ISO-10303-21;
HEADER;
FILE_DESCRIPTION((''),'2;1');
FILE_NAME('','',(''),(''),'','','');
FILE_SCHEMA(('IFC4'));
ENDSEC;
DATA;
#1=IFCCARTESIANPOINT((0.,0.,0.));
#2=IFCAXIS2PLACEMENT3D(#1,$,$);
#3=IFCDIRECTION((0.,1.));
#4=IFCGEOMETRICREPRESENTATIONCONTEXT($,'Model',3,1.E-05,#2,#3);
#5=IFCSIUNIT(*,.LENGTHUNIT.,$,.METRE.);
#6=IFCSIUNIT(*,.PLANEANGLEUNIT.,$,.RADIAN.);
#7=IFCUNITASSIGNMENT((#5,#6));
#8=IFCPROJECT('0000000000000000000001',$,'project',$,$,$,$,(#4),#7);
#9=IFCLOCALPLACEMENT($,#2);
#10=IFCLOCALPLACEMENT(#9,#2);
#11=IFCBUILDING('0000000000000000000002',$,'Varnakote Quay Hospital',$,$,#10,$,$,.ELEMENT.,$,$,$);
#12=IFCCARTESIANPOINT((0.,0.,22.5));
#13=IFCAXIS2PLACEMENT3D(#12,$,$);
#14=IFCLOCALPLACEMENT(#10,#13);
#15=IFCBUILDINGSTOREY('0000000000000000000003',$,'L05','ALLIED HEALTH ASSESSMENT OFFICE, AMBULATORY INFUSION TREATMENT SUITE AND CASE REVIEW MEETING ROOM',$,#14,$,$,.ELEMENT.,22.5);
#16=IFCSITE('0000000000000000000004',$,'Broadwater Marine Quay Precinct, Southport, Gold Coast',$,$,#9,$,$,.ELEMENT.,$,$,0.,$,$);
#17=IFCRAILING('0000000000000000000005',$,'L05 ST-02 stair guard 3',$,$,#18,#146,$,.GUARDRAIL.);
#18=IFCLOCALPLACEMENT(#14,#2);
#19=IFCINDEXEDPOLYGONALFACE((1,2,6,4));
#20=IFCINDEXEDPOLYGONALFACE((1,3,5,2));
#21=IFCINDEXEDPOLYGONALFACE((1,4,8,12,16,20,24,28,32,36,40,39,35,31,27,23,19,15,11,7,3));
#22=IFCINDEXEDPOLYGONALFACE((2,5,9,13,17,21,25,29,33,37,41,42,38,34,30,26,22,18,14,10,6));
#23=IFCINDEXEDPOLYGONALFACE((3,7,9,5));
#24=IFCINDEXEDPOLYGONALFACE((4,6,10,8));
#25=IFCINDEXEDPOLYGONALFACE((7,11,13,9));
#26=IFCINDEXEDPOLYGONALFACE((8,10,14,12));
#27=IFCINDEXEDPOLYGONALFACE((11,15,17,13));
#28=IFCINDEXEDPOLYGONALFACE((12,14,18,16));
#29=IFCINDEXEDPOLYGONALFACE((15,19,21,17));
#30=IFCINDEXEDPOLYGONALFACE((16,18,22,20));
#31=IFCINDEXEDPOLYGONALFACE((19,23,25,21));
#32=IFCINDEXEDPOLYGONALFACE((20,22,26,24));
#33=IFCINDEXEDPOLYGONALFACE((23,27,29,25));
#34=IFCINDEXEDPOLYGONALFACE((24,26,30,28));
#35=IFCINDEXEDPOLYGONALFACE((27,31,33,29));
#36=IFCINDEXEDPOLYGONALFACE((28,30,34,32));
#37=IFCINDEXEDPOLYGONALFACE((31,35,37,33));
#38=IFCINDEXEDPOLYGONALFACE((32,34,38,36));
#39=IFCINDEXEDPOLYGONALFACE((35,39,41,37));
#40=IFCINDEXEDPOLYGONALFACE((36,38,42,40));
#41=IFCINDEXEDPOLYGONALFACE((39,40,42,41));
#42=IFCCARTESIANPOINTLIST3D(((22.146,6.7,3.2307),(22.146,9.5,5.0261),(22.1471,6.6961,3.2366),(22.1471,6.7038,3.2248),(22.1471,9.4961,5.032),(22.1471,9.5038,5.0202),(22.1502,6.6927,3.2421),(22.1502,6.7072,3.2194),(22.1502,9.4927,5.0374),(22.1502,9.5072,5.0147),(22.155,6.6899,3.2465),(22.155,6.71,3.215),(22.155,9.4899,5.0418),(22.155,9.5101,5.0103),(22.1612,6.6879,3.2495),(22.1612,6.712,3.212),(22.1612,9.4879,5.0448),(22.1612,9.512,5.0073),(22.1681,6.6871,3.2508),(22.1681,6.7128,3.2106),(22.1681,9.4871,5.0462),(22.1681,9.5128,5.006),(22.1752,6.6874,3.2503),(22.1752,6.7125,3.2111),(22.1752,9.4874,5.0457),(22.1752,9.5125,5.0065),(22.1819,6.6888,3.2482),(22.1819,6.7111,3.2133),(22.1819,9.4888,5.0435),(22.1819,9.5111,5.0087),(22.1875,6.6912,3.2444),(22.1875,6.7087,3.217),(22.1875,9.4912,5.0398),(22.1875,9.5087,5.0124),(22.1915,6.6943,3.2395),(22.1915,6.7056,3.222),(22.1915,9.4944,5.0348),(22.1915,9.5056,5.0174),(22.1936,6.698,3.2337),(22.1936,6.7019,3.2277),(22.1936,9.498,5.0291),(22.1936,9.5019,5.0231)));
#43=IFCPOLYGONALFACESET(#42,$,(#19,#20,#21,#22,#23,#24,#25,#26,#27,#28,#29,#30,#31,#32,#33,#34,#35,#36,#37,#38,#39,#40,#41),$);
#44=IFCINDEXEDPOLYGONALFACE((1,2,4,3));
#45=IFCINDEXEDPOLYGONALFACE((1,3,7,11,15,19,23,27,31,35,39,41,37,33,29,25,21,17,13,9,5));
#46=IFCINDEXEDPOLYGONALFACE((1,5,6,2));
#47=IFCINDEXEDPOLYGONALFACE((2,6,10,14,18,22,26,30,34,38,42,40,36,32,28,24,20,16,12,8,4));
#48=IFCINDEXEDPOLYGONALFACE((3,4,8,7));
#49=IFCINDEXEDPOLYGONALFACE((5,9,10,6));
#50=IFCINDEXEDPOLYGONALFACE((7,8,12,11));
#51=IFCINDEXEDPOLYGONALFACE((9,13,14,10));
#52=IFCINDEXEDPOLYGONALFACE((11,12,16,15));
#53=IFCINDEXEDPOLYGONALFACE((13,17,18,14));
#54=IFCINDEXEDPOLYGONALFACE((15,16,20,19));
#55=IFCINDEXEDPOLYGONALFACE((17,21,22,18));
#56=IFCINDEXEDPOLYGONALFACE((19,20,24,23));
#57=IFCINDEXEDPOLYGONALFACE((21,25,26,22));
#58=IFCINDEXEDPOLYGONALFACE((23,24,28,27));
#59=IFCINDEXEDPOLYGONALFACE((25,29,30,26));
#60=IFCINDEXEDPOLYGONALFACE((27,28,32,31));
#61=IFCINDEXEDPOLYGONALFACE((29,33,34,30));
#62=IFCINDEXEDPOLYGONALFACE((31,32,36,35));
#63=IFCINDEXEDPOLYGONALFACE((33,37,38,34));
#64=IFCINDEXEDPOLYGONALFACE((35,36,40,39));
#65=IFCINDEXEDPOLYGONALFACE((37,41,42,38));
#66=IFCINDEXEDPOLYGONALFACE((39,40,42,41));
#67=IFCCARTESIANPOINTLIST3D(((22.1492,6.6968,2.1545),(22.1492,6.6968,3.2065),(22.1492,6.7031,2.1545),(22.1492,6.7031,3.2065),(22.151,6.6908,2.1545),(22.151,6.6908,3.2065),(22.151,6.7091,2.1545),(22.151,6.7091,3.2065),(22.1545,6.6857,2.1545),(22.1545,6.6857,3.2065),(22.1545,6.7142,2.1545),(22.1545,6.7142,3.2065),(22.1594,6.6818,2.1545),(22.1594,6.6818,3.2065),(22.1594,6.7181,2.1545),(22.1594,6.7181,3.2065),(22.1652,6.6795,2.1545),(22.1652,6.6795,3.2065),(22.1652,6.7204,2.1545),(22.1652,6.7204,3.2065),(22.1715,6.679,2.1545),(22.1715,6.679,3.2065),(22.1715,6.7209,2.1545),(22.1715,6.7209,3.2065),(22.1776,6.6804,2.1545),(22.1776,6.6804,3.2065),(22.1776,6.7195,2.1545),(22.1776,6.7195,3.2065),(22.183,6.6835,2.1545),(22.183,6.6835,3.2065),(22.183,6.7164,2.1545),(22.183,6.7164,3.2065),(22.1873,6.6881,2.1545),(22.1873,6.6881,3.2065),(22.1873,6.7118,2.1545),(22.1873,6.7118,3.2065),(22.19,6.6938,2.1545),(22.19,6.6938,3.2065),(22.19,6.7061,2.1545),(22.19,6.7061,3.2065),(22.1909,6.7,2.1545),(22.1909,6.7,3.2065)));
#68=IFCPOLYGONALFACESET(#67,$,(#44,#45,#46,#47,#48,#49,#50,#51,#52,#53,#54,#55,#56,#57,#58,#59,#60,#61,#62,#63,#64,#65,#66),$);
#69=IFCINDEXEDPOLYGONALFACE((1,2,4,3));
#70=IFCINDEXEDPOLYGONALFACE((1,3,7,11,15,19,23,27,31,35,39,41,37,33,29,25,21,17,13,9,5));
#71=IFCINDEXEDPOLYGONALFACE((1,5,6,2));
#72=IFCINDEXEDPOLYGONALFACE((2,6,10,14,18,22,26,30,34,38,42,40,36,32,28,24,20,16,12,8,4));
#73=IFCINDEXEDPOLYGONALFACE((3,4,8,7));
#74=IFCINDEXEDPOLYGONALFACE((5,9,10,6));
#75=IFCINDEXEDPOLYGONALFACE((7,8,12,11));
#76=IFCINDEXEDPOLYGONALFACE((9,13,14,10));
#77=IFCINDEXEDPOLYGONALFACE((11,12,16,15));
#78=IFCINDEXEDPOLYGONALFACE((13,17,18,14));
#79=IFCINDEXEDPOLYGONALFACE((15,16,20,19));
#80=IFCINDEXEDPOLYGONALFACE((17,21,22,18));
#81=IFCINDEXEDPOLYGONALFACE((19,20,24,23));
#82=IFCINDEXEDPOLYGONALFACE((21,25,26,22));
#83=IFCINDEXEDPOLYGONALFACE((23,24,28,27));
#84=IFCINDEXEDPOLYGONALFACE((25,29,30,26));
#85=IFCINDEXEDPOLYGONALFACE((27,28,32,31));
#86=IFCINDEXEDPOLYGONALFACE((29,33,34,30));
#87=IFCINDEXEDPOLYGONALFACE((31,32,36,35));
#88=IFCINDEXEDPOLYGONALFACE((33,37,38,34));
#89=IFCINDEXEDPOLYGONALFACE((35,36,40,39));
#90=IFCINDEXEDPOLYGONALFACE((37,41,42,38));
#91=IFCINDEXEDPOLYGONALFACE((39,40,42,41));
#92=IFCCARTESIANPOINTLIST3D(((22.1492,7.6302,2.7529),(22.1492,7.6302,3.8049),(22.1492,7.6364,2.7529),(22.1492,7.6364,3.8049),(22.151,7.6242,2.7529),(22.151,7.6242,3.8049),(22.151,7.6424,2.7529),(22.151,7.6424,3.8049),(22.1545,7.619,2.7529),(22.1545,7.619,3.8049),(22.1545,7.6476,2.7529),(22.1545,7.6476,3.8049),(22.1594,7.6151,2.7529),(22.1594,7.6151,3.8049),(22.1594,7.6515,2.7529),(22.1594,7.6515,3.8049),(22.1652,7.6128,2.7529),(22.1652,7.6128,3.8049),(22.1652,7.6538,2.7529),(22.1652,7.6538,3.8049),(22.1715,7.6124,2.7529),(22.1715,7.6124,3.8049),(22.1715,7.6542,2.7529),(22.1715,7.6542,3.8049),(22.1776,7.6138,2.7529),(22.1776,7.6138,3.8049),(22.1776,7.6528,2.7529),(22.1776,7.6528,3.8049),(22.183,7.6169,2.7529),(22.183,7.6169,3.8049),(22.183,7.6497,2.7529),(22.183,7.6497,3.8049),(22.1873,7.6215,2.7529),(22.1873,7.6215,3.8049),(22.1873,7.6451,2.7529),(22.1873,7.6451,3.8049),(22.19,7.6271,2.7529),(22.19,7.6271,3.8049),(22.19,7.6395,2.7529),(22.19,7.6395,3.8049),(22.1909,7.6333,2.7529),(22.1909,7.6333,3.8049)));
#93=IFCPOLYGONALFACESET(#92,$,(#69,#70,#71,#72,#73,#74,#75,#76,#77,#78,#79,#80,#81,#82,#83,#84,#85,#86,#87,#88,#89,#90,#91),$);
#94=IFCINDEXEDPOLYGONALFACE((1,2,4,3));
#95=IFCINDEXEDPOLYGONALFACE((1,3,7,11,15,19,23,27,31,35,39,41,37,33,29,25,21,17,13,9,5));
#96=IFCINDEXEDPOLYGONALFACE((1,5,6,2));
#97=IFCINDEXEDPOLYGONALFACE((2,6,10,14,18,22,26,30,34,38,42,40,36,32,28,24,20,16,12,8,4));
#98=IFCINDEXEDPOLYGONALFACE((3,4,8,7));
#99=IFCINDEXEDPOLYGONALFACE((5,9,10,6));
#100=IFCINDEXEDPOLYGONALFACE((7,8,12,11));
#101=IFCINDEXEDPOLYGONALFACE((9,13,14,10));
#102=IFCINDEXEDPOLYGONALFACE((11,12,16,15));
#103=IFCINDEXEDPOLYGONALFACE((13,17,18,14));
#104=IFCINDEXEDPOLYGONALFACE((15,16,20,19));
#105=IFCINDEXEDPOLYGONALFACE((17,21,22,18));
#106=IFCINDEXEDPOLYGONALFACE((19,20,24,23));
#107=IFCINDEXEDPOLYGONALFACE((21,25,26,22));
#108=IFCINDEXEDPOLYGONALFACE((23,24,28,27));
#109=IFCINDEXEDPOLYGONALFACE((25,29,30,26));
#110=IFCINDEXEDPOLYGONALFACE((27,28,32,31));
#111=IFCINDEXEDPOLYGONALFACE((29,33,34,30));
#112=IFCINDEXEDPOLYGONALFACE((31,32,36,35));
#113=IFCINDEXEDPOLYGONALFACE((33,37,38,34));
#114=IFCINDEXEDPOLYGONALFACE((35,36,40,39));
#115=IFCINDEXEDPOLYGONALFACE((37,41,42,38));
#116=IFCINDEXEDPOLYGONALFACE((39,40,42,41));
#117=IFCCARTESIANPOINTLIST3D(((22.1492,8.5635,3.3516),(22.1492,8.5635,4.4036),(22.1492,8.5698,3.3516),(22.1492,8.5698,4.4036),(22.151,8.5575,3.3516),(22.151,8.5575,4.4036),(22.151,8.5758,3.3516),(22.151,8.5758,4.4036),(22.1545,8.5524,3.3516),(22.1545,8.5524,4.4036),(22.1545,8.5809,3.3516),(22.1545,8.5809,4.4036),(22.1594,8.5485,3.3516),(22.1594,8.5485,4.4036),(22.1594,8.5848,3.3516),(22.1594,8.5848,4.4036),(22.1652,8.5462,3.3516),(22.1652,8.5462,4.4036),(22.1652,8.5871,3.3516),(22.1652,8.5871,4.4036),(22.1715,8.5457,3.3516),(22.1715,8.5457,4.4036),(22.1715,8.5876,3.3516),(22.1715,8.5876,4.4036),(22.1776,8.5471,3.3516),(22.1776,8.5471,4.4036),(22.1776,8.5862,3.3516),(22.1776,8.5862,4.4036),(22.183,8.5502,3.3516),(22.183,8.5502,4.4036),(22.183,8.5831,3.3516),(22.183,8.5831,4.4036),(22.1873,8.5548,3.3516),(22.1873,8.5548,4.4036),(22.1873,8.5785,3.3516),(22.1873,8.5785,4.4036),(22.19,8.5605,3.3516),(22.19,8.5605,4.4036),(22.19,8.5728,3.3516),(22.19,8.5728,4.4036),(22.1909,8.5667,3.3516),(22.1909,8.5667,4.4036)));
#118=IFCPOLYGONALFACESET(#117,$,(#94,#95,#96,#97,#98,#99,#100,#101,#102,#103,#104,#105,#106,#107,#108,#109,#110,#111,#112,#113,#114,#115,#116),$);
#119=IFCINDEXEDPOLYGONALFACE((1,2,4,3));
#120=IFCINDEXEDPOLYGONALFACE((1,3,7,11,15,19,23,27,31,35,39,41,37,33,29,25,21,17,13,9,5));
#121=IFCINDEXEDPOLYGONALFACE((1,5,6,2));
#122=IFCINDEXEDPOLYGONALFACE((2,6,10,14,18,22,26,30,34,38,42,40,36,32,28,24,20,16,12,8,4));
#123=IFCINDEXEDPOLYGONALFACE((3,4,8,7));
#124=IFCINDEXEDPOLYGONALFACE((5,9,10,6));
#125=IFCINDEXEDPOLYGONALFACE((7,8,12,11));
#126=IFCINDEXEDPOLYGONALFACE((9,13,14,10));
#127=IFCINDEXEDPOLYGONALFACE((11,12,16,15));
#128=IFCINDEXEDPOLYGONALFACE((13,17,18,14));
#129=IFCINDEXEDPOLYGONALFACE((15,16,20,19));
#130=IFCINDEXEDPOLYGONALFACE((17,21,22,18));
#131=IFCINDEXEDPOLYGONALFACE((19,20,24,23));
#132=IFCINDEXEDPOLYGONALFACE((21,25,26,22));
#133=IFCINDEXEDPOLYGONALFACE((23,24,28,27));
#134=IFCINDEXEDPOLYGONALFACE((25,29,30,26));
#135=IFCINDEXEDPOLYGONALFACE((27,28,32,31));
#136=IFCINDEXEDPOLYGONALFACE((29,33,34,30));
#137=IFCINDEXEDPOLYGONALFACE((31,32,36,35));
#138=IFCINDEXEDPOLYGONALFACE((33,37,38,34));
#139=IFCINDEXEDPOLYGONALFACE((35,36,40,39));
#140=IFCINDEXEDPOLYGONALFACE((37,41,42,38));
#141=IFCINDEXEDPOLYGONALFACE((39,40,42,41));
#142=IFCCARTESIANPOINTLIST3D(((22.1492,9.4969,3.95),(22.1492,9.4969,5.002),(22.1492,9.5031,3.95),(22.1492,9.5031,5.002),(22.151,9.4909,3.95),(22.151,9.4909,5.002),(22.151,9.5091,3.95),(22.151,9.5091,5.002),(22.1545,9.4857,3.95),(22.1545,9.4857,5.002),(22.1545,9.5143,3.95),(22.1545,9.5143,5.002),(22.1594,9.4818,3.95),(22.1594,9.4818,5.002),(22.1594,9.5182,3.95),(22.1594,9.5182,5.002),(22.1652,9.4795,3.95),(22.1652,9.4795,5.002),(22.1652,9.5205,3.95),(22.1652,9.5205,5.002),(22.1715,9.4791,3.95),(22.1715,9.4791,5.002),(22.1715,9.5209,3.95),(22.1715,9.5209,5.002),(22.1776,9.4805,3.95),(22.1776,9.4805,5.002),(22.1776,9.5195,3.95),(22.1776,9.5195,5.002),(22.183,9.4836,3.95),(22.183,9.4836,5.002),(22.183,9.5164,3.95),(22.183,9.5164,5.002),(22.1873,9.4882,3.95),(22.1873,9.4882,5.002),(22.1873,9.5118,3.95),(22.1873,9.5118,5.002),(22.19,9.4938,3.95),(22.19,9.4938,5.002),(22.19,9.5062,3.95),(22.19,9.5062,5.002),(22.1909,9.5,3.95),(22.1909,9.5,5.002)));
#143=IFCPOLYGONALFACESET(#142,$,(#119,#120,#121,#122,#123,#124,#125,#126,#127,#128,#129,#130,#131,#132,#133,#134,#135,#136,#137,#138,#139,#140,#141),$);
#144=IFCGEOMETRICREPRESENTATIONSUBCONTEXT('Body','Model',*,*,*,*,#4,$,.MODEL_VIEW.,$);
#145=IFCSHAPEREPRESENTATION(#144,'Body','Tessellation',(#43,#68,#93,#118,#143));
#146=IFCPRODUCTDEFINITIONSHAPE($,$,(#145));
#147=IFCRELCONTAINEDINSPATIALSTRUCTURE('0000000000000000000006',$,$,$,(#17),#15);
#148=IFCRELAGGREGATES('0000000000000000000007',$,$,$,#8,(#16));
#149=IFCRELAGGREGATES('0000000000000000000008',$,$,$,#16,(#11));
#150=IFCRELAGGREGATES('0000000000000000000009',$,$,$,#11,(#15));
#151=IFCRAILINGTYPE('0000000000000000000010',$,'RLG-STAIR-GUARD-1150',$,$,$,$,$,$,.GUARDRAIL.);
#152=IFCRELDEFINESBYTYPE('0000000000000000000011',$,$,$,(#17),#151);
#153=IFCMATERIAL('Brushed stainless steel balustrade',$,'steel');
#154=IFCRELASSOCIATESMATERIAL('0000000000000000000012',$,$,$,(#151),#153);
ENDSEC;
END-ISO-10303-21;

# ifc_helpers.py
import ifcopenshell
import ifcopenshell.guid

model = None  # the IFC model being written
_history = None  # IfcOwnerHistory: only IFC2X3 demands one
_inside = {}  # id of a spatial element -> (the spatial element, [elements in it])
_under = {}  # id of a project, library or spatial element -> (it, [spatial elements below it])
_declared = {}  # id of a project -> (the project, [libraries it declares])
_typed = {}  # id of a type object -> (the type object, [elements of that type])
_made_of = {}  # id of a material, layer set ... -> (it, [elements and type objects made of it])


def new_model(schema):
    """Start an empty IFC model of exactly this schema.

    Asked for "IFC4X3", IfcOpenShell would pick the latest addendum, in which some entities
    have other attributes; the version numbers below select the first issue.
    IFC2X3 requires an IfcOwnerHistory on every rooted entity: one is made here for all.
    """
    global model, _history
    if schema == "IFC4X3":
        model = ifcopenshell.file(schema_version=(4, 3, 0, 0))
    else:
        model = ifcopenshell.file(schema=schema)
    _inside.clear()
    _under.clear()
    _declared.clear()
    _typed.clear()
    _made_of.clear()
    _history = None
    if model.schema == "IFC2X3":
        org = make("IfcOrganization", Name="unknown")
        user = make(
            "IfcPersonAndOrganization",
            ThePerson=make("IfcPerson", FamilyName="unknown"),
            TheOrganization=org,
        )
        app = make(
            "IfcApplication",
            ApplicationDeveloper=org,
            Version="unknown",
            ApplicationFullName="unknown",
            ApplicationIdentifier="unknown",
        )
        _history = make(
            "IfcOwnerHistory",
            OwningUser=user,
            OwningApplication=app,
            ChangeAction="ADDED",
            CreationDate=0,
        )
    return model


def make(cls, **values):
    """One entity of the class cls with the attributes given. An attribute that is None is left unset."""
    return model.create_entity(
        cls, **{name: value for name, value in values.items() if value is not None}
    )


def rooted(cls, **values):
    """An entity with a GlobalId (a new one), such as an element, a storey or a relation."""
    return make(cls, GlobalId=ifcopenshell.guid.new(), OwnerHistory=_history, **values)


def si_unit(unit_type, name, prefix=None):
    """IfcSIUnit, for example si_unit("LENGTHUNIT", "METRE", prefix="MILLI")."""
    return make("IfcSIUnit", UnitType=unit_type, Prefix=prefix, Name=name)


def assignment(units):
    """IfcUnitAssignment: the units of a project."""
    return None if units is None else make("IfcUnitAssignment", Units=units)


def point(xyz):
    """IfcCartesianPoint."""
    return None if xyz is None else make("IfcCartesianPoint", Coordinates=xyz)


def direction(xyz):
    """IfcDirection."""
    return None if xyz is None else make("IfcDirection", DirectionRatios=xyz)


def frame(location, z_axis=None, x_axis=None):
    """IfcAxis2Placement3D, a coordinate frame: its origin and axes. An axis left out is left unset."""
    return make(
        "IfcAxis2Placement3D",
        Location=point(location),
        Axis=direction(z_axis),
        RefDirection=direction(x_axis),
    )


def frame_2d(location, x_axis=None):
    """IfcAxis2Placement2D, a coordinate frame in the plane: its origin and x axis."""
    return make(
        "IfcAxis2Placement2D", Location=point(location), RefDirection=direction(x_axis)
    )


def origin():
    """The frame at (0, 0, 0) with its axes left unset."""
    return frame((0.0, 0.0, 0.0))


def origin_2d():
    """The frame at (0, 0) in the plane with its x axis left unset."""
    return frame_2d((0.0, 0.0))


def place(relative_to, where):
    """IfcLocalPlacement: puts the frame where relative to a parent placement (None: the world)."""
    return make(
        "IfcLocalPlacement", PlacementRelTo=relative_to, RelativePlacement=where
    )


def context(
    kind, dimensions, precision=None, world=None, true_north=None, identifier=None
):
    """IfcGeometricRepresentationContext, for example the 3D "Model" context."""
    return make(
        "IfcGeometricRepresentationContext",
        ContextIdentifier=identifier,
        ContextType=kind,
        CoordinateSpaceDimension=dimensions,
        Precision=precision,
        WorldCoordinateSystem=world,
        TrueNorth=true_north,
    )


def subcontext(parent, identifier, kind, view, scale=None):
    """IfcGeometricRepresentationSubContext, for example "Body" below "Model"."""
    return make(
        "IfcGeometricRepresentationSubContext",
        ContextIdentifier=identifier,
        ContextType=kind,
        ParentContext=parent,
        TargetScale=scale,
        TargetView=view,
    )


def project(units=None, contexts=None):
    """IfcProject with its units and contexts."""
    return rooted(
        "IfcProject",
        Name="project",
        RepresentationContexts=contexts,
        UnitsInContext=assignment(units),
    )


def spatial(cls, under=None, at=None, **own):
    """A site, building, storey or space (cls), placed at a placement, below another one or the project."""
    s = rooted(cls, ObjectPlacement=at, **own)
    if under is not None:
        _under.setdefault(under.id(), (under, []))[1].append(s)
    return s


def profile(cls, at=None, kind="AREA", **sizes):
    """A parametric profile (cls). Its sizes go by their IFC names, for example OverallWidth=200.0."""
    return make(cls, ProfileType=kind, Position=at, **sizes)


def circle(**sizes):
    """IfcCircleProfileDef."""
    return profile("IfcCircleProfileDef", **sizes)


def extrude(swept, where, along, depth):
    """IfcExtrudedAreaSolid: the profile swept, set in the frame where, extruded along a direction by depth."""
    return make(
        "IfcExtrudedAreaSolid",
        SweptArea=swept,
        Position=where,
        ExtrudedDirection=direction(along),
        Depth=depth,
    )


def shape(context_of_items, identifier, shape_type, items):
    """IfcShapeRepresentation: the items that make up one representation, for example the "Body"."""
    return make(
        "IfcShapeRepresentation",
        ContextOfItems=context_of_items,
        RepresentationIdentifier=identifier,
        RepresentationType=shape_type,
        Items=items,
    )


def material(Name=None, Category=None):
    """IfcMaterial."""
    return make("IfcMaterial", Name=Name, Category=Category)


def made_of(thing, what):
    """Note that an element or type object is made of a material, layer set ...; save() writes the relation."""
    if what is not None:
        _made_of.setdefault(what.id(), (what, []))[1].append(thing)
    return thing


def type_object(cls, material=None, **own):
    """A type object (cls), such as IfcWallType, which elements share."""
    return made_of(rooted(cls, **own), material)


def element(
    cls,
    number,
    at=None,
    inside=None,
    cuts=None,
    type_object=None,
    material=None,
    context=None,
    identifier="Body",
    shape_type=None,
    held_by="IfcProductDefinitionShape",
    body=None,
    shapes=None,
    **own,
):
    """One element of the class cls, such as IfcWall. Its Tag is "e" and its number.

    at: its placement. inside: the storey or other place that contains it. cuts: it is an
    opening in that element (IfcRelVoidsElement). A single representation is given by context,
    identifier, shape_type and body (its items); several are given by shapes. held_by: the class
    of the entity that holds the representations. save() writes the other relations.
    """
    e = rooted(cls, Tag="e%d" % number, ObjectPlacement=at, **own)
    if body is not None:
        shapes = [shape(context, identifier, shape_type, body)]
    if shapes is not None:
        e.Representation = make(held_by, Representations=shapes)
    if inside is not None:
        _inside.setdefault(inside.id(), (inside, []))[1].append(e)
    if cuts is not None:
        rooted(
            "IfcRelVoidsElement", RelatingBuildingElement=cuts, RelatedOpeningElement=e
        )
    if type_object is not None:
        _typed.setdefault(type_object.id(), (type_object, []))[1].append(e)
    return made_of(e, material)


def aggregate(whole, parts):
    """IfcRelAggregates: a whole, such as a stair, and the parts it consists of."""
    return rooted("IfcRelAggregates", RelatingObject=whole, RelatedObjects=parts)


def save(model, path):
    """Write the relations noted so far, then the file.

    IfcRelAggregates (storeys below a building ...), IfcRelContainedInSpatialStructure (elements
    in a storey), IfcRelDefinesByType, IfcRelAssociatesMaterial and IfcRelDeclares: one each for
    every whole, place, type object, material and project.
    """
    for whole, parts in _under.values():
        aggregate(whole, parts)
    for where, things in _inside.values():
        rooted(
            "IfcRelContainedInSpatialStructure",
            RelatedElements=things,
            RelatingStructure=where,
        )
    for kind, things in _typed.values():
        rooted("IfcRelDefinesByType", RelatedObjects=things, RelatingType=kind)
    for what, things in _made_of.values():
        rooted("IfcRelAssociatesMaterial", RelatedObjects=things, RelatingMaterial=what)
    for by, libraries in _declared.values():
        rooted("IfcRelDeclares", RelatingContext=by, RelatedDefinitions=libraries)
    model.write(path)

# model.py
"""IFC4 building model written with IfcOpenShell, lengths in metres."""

from ifc_helpers import new_model, si_unit, direction, frame, origin, origin_2d, place, context, subcontext, project, spatial, circle, extrude, material, type_object, element, save


model = new_model("IFC4")

# Units and contexts
model_context = context("Model", 3, precision=1e-05, world=origin(), true_north=direction((0.0, 1.0)))
body_context = subcontext(model_context, "Body", "Model", "MODEL_VIEW")
ifc_project = project(units=[si_unit("LENGTHUNIT", "METRE"), si_unit("PLANEANGLEUNIT", "RADIAN")], contexts=[model_context])

# Site, building, storey
site_placement = place(None, origin())
site = spatial("IfcSite", under=ifc_project, at=site_placement, Name="Broadwater Marine Quay Precinct, Southport, Gold Coast", CompositionType="ELEMENT", RefElevation=0.0)
building_placement = place(site_placement, origin())
building = spatial("IfcBuilding", under=site, at=building_placement, Name="Varnakote Quay Hospital", CompositionType="ELEMENT")
storey_placement = place(building_placement, frame((0.0, 0.0, 22.5)))
storey = spatial("IfcBuildingStorey", under=building, at=storey_placement, Name="L05", Description="ALLIED HEALTH ASSESSMENT OFFICE, AMBULATORY INFUSION TREATMENT SUITE AND CASE REVIEW MEETING ROOM", CompositionType="ELEMENT", Elevation=22.5)

# Railing
ifc_material_1 = material(Name="Brushed stainless steel balustrade", Category="steel")
railing_type_1 = type_object("IfcRailingType", Name="RLG-STAIR-GUARD-1150", PredefinedType="GUARDRAIL", material=ifc_material_1)
railing_1_placement = place(storey_placement, frame((22.1699, 6.7, 2.1545)))
element("IfcRailing", 1, at=railing_1_placement, inside=storey, type_object=railing_type_1, Name="L05 ST-02 stair guard 3", PredefinedType="GUARDRAIL", context=body_context, shape_type="SweptSolid", body=[
    extrude(circle(Radius=0.0239, at=origin_2d()), frame((0.0, 0.0, 1.0762), z_axis=(0.0, 0.84181, 0.539774), x_axis=(-1.0, 0.0, 0.0)), (0.0, 0.0, 1.0), 3.3262),
    extrude(circle(Radius=0.021, at=origin_2d()), origin(), (0.0, 0.0, 1.0), 1.052),
    extrude(circle(Radius=0.021, at=origin_2d()), frame((0.0, 0.9333, 0.5984)), (0.0, 0.0, 1.0), 1.052),
    extrude(circle(Radius=0.021, at=origin_2d()), frame((0.0, 1.8667, 1.197)), (0.0, 0.0, 1.0), 1.052),
    extrude(circle(Radius=0.021, at=origin_2d()), frame((0.0, 2.8, 1.7954)), (0.0, 0.0, 1.0), 1.052),
])

save(model, "model.ifc")
